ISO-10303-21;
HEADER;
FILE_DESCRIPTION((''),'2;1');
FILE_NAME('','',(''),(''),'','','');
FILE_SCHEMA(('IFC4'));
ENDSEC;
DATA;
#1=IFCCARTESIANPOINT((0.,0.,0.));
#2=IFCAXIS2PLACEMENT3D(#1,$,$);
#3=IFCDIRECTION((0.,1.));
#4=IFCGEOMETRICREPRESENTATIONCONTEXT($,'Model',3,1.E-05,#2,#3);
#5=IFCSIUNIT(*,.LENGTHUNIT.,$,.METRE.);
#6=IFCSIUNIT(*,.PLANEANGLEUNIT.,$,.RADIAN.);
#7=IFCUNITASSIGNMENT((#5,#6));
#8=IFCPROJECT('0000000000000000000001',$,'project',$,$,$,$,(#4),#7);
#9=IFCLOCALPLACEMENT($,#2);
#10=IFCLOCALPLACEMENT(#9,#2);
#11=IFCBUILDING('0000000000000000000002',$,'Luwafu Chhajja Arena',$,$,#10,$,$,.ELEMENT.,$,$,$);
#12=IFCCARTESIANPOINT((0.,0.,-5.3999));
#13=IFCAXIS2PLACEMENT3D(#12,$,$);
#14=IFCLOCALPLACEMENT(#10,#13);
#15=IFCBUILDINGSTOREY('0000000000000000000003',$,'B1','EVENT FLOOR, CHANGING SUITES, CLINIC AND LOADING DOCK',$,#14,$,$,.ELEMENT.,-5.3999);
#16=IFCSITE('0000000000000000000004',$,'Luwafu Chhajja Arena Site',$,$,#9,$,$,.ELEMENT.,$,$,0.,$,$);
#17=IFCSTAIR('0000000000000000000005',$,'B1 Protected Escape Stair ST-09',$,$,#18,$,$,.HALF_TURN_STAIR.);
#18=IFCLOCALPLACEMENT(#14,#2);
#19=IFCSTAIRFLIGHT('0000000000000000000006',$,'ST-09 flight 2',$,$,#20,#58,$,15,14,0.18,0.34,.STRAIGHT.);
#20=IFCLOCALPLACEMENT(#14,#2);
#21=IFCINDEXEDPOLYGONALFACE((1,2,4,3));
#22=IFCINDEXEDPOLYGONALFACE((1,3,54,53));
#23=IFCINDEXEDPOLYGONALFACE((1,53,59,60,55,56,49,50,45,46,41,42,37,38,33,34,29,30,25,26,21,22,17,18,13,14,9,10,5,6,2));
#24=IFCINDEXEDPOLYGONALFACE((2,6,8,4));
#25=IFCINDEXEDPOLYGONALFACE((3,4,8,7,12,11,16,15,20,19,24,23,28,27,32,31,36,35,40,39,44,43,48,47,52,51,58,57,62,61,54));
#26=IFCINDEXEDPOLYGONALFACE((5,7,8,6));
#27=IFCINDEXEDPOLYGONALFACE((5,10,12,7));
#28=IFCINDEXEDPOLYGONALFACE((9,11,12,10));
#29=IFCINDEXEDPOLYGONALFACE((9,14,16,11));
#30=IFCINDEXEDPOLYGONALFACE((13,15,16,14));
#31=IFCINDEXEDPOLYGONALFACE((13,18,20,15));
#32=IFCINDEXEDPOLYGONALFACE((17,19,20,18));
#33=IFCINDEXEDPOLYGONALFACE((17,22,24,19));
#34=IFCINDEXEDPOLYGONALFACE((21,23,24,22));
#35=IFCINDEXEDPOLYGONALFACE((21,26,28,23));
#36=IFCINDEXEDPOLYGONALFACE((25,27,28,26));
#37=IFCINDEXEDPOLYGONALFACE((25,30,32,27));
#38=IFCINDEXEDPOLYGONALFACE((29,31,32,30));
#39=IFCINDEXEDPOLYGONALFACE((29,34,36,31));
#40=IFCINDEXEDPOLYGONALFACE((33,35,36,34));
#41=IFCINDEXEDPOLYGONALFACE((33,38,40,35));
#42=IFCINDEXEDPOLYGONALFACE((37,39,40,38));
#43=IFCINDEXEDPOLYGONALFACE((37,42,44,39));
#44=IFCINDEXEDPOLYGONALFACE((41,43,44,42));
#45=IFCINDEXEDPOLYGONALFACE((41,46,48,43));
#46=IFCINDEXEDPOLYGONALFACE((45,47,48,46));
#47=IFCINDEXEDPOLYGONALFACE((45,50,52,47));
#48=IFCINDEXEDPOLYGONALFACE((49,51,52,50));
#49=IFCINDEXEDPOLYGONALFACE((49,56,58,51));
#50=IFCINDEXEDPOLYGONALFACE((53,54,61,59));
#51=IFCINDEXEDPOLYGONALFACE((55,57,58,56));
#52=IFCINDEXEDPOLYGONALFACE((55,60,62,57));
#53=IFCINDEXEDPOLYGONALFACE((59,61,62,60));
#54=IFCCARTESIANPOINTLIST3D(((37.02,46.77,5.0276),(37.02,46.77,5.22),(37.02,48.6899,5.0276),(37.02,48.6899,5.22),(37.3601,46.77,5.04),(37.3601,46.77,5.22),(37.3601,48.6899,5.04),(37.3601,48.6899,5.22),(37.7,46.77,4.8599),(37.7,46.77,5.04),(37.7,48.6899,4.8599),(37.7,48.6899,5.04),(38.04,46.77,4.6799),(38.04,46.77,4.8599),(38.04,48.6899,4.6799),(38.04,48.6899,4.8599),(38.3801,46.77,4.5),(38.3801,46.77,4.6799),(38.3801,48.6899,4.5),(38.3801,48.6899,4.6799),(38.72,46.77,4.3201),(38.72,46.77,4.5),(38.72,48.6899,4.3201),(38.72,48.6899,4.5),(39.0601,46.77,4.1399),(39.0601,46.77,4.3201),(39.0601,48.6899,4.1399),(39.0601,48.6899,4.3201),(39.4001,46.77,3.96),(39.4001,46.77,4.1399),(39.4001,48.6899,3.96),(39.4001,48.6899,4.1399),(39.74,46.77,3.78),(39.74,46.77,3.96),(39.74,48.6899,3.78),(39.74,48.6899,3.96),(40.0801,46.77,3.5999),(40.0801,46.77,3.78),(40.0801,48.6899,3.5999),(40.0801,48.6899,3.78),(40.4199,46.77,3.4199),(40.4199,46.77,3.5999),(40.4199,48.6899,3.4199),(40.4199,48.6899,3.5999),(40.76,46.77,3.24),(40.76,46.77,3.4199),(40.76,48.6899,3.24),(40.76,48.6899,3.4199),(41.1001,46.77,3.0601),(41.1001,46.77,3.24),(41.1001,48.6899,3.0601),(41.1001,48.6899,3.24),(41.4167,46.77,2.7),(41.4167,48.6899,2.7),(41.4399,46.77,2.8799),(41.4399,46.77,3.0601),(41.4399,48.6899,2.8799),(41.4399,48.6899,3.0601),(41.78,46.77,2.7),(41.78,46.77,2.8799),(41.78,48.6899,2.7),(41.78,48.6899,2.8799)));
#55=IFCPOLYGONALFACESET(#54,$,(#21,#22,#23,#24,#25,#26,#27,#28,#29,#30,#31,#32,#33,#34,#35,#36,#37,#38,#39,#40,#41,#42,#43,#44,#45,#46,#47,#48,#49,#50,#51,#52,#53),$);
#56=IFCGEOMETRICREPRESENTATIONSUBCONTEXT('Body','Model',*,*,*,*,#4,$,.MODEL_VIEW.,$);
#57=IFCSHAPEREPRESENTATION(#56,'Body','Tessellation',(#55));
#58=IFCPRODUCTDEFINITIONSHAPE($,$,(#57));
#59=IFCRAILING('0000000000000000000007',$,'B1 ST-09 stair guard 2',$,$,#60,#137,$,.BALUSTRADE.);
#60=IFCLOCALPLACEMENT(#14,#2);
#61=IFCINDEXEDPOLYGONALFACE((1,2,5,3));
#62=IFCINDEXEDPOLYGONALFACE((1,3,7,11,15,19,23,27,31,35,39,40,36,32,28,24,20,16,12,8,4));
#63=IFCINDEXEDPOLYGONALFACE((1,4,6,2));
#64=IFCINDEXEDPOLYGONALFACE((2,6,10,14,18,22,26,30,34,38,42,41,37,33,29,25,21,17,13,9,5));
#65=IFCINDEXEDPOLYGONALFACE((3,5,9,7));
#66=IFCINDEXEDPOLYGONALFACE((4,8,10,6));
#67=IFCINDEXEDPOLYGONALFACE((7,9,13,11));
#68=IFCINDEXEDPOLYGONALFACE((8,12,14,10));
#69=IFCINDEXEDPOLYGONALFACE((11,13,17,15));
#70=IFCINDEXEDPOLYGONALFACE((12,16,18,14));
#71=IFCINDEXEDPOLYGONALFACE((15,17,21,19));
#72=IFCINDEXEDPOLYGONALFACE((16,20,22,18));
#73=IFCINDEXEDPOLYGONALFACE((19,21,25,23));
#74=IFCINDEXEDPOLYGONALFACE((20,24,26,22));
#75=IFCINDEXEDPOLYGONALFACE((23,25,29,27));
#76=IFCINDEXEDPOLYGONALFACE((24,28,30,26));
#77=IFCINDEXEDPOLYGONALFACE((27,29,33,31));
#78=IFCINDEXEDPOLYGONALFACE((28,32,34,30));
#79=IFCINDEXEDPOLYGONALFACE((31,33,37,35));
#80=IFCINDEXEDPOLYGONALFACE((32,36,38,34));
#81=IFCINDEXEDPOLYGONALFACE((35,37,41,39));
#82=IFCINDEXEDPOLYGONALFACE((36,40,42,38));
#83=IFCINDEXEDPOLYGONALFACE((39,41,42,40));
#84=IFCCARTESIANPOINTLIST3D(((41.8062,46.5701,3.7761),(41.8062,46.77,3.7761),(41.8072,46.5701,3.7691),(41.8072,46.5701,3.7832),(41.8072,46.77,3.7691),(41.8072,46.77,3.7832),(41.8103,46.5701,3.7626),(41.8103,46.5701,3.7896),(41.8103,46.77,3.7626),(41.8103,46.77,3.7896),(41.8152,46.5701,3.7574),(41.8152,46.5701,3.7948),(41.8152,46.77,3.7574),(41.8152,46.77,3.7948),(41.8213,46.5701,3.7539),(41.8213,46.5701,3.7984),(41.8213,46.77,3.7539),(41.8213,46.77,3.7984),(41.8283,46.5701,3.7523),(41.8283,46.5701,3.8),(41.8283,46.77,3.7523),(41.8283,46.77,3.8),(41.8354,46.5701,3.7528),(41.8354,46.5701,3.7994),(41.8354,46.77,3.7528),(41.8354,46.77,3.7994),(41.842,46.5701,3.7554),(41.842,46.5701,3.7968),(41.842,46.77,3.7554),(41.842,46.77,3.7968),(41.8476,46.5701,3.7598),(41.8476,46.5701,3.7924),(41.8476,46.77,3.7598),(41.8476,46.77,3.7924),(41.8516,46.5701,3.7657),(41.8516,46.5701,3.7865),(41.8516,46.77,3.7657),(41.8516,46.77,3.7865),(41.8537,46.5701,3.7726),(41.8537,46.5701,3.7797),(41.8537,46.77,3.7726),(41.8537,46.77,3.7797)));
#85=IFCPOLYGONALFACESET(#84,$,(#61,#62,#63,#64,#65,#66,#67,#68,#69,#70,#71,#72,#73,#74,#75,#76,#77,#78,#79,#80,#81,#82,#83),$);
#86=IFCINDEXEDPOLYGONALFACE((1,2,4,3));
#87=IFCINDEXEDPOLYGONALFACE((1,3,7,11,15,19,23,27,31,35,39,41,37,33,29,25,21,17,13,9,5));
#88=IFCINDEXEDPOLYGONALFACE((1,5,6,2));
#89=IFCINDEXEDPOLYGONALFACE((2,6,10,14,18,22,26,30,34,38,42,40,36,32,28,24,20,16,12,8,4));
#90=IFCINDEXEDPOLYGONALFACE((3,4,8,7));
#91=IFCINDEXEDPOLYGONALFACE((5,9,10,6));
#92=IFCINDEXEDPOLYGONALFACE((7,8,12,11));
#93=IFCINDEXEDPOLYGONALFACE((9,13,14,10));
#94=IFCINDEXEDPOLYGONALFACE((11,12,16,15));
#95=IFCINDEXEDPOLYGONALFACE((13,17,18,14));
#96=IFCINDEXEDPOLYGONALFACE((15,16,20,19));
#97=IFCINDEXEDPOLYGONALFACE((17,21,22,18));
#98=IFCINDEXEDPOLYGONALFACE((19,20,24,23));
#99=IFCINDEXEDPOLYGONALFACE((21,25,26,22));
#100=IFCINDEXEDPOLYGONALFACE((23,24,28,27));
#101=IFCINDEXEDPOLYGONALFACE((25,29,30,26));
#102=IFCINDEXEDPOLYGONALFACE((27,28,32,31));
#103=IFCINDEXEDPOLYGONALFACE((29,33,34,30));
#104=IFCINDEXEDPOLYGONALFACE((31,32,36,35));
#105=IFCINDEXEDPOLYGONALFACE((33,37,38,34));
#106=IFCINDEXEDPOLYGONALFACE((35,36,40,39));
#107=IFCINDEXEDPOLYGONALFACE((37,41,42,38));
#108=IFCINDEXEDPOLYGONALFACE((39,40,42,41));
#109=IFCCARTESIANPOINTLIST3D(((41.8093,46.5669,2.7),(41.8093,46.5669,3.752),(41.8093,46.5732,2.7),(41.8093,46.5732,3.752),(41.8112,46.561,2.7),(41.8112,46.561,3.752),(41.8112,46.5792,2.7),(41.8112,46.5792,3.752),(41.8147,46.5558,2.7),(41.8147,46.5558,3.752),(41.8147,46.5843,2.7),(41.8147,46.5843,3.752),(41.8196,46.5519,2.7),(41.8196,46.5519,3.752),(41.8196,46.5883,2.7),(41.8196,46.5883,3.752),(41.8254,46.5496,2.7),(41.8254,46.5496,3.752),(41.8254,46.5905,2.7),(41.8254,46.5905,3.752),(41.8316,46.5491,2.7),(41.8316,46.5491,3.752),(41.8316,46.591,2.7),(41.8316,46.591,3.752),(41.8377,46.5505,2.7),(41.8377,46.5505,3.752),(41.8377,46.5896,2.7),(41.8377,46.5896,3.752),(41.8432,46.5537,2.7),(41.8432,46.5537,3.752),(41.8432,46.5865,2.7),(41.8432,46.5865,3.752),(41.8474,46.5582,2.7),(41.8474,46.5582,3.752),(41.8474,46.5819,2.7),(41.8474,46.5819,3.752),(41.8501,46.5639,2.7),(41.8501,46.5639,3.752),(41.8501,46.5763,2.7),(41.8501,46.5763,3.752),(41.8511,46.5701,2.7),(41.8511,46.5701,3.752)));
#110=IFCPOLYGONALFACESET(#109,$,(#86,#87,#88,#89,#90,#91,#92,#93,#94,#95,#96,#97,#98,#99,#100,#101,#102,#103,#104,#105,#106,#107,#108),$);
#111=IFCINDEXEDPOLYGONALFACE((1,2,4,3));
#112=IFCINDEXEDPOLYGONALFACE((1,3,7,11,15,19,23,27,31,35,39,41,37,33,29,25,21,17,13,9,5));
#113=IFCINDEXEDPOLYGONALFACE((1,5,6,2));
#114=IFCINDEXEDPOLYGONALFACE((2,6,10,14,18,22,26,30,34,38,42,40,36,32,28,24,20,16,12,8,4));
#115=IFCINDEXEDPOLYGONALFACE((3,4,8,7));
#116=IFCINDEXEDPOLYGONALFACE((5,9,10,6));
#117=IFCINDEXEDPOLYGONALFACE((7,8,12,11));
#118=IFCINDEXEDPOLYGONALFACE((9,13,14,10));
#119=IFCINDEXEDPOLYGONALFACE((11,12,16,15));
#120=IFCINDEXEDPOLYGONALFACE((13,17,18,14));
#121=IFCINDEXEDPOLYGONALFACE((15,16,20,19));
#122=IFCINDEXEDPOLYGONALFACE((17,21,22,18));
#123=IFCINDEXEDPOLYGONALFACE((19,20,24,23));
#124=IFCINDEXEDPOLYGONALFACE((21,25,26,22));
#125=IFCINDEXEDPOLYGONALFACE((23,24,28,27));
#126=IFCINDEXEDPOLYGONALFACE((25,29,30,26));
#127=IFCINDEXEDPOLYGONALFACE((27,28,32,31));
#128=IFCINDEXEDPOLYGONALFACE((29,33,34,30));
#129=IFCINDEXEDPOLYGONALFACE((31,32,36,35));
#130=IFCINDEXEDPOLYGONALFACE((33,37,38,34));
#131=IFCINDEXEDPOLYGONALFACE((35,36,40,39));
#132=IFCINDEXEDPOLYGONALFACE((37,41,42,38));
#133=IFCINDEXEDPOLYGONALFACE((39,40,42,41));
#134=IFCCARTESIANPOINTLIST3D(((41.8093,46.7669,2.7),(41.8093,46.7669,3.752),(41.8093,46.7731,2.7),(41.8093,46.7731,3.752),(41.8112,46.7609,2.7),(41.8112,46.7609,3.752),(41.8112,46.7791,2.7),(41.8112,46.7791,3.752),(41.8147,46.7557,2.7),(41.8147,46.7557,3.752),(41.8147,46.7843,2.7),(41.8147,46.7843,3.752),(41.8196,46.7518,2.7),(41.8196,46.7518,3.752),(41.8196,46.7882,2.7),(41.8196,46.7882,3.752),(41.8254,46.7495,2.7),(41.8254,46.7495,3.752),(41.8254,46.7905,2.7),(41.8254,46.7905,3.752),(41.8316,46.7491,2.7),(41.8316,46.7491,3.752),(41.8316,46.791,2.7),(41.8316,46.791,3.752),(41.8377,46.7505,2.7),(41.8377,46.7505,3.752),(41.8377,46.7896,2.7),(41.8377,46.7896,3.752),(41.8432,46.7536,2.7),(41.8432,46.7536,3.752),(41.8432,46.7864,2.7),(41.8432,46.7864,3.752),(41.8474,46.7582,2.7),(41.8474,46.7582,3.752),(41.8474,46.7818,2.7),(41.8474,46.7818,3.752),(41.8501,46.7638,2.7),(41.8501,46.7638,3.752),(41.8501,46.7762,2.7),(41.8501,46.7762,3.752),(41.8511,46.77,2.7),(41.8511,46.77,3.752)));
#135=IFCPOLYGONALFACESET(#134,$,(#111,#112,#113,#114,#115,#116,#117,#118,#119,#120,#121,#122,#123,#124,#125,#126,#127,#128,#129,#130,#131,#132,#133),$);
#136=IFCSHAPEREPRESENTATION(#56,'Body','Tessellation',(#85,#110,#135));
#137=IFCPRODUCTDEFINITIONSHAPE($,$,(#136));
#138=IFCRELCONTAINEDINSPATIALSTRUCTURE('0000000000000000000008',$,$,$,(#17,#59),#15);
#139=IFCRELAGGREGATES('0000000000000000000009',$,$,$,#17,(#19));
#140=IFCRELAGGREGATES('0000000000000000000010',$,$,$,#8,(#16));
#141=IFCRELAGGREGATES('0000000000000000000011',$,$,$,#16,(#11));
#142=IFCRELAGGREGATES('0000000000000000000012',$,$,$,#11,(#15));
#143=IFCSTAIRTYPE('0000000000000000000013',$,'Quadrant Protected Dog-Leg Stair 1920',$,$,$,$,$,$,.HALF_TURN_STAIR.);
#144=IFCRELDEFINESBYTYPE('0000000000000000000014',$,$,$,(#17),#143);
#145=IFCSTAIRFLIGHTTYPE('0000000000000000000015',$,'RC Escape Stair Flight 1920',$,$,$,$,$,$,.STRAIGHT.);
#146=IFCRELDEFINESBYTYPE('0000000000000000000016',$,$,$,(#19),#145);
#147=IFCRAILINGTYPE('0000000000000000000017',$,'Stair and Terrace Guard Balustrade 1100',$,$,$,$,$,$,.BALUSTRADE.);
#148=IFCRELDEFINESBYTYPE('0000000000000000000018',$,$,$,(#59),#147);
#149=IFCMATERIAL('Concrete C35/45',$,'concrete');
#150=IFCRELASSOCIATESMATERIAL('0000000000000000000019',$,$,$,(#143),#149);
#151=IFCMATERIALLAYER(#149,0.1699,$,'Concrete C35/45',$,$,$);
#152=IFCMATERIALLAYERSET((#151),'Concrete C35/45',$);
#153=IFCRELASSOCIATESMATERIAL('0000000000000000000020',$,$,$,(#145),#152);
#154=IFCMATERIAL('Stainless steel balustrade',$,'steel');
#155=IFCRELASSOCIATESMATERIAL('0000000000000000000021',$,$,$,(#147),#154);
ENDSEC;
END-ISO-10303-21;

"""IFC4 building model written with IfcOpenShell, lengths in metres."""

from ifc_helpers import new_model, si_unit, direction, frame, origin, origin_2d, place, context, subcontext, project, spatial, polyline, circle, outline, extrude, material, layer, layer_set, type_object, element, aggregate, save


model = new_model("IFC4")

# Units and contexts
model_context = context("Model", 3, precision=1e-05, world=origin(), true_north=direction((0.0, 1.0)))
body_context = subcontext(model_context, "Body", "Model", "MODEL_VIEW")
ifc_project = project(units=[si_unit("LENGTHUNIT", "METRE"), si_unit("PLANEANGLEUNIT", "RADIAN")], contexts=[model_context])

# Site, building, storey
site_placement = place(None, origin())
site = spatial("IfcSite", under=ifc_project, at=site_placement, Name="Luwafu Chhajja Arena Site", CompositionType="ELEMENT", RefElevation=0.0)
building_placement = place(site_placement, origin())
building = spatial("IfcBuilding", under=site, at=building_placement, Name="Luwafu Chhajja Arena", CompositionType="ELEMENT")
storey_placement = place(building_placement, frame((0.0, 0.0, -5.3999)))
storey = spatial("IfcBuildingStorey", under=building, at=storey_placement, Name="B1", Description="EVENT FLOOR, CHANGING SUITES, CLINIC AND LOADING DOCK", CompositionType="ELEMENT", Elevation=-5.3999)

# Shared definitions
ifc_material_1 = material(Name="Concrete C35/45", Category="concrete")

# Stair, stair flight
stair_type = type_object("IfcStairType", Name="Quadrant Protected Dog-Leg Stair 1920", PredefinedType="HALF_TURN_STAIR", material=ifc_material_1)
stair_placement = place(storey_placement, origin())
stair = element("IfcStair", 1, at=stair_placement, inside=storey, type_object=stair_type, Name="B1 Protected Escape Stair ST-09", PredefinedType="HALF_TURN_STAIR")
ifc_layer_1 = layer(ifc_material_1, 0.1699, Name="Concrete C35/45")
ifc_layer_set_1 = layer_set([ifc_layer_1], Name="Concrete C35/45")
stair_flight_type = type_object("IfcStairFlightType", Name="RC Escape Stair Flight 1920", PredefinedType="STRAIGHT", material=ifc_layer_set_1)
stair_flight_placement = place(storey_placement, frame((41.78, 47.73, 2.7), z_axis=(0.0, 0.0, 1.0), x_axis=(-1.0, 0.0, 0.0)))
stair_flight = element("IfcStairFlight", 2, at=stair_flight_placement, type_object=stair_flight_type, Name="ST-09 flight 2", NumberOfRisers=15, NumberOfTreads=14, PredefinedType="STRAIGHT", RiserHeight=0.18, TreadLength=0.34, context=body_context, shape_type="SweptSolid", body=[
    extrude(outline(polyline([(0.0, 0.0), (0.0, 0.1799), (0.3401, 0.1799), (0.3401, 0.3601), (0.6799, 0.3601), (0.6799, 0.54), (1.02, 0.54), (1.02, 0.72), (1.3601, 0.72), (1.3601, 0.8999), (1.7, 0.8999), (1.7, 1.0801), (2.04, 1.0801), (2.04, 1.26), (2.3799, 1.26), (2.3799, 1.4399), (2.72, 1.4399), (2.72, 1.6201), (3.0601, 1.6201), (3.0601, 1.8), (3.3999, 1.8), (3.3999, 1.98), (3.74, 1.98), (3.74, 2.1599), (4.0801, 2.1599), (4.0801, 2.3401), (4.4199, 2.3401), (4.4199, 2.52), (4.76, 2.52), (4.76, 2.7), (4.76, 2.3276), (0.3633, 0.0), (0.0, 0.0)])), frame((0.0, 0.96, 0.0), z_axis=(0.0, -1.0, 0.0), x_axis=(1.0, 0.0, 0.0)), (0.0, 0.0, 1.0), 1.9199),
])
aggregate(stair, [stair_flight])

# Railing
ifc_material_2 = material(Name="Stainless steel balustrade", Category="steel")
railing_type = type_object("IfcRailingType", Name="Stair and Terrace Guard Balustrade 1100", PredefinedType="BALUSTRADE", material=ifc_material_2)
railing_1_placement = place(storey_placement, frame((41.8301, 46.5701, 2.7)))
element("IfcRailing", 3, at=railing_1_placement, inside=storey, type_object=railing_type, Name="B1 ST-09 stair guard 2", PredefinedType="BALUSTRADE", context=body_context, shape_type="SweptSolid", body=[
    extrude(circle(Radius=0.0239, at=origin_2d()), frame((0.0, 0.0, 1.0762), z_axis=(0.0, 1.0, 0.0), x_axis=(-1.0, 0.0, 0.0)), (0.0, 0.0, 1.0), 0.2),
    extrude(circle(Radius=0.021, at=origin_2d()), origin(), (0.0, 0.0, 1.0), 1.052),
    extrude(circle(Radius=0.021, at=origin_2d()), frame((0.0, 0.2, 0.0)), (0.0, 0.0, 1.0), 1.052),
])

save(model, "model.ifc")
